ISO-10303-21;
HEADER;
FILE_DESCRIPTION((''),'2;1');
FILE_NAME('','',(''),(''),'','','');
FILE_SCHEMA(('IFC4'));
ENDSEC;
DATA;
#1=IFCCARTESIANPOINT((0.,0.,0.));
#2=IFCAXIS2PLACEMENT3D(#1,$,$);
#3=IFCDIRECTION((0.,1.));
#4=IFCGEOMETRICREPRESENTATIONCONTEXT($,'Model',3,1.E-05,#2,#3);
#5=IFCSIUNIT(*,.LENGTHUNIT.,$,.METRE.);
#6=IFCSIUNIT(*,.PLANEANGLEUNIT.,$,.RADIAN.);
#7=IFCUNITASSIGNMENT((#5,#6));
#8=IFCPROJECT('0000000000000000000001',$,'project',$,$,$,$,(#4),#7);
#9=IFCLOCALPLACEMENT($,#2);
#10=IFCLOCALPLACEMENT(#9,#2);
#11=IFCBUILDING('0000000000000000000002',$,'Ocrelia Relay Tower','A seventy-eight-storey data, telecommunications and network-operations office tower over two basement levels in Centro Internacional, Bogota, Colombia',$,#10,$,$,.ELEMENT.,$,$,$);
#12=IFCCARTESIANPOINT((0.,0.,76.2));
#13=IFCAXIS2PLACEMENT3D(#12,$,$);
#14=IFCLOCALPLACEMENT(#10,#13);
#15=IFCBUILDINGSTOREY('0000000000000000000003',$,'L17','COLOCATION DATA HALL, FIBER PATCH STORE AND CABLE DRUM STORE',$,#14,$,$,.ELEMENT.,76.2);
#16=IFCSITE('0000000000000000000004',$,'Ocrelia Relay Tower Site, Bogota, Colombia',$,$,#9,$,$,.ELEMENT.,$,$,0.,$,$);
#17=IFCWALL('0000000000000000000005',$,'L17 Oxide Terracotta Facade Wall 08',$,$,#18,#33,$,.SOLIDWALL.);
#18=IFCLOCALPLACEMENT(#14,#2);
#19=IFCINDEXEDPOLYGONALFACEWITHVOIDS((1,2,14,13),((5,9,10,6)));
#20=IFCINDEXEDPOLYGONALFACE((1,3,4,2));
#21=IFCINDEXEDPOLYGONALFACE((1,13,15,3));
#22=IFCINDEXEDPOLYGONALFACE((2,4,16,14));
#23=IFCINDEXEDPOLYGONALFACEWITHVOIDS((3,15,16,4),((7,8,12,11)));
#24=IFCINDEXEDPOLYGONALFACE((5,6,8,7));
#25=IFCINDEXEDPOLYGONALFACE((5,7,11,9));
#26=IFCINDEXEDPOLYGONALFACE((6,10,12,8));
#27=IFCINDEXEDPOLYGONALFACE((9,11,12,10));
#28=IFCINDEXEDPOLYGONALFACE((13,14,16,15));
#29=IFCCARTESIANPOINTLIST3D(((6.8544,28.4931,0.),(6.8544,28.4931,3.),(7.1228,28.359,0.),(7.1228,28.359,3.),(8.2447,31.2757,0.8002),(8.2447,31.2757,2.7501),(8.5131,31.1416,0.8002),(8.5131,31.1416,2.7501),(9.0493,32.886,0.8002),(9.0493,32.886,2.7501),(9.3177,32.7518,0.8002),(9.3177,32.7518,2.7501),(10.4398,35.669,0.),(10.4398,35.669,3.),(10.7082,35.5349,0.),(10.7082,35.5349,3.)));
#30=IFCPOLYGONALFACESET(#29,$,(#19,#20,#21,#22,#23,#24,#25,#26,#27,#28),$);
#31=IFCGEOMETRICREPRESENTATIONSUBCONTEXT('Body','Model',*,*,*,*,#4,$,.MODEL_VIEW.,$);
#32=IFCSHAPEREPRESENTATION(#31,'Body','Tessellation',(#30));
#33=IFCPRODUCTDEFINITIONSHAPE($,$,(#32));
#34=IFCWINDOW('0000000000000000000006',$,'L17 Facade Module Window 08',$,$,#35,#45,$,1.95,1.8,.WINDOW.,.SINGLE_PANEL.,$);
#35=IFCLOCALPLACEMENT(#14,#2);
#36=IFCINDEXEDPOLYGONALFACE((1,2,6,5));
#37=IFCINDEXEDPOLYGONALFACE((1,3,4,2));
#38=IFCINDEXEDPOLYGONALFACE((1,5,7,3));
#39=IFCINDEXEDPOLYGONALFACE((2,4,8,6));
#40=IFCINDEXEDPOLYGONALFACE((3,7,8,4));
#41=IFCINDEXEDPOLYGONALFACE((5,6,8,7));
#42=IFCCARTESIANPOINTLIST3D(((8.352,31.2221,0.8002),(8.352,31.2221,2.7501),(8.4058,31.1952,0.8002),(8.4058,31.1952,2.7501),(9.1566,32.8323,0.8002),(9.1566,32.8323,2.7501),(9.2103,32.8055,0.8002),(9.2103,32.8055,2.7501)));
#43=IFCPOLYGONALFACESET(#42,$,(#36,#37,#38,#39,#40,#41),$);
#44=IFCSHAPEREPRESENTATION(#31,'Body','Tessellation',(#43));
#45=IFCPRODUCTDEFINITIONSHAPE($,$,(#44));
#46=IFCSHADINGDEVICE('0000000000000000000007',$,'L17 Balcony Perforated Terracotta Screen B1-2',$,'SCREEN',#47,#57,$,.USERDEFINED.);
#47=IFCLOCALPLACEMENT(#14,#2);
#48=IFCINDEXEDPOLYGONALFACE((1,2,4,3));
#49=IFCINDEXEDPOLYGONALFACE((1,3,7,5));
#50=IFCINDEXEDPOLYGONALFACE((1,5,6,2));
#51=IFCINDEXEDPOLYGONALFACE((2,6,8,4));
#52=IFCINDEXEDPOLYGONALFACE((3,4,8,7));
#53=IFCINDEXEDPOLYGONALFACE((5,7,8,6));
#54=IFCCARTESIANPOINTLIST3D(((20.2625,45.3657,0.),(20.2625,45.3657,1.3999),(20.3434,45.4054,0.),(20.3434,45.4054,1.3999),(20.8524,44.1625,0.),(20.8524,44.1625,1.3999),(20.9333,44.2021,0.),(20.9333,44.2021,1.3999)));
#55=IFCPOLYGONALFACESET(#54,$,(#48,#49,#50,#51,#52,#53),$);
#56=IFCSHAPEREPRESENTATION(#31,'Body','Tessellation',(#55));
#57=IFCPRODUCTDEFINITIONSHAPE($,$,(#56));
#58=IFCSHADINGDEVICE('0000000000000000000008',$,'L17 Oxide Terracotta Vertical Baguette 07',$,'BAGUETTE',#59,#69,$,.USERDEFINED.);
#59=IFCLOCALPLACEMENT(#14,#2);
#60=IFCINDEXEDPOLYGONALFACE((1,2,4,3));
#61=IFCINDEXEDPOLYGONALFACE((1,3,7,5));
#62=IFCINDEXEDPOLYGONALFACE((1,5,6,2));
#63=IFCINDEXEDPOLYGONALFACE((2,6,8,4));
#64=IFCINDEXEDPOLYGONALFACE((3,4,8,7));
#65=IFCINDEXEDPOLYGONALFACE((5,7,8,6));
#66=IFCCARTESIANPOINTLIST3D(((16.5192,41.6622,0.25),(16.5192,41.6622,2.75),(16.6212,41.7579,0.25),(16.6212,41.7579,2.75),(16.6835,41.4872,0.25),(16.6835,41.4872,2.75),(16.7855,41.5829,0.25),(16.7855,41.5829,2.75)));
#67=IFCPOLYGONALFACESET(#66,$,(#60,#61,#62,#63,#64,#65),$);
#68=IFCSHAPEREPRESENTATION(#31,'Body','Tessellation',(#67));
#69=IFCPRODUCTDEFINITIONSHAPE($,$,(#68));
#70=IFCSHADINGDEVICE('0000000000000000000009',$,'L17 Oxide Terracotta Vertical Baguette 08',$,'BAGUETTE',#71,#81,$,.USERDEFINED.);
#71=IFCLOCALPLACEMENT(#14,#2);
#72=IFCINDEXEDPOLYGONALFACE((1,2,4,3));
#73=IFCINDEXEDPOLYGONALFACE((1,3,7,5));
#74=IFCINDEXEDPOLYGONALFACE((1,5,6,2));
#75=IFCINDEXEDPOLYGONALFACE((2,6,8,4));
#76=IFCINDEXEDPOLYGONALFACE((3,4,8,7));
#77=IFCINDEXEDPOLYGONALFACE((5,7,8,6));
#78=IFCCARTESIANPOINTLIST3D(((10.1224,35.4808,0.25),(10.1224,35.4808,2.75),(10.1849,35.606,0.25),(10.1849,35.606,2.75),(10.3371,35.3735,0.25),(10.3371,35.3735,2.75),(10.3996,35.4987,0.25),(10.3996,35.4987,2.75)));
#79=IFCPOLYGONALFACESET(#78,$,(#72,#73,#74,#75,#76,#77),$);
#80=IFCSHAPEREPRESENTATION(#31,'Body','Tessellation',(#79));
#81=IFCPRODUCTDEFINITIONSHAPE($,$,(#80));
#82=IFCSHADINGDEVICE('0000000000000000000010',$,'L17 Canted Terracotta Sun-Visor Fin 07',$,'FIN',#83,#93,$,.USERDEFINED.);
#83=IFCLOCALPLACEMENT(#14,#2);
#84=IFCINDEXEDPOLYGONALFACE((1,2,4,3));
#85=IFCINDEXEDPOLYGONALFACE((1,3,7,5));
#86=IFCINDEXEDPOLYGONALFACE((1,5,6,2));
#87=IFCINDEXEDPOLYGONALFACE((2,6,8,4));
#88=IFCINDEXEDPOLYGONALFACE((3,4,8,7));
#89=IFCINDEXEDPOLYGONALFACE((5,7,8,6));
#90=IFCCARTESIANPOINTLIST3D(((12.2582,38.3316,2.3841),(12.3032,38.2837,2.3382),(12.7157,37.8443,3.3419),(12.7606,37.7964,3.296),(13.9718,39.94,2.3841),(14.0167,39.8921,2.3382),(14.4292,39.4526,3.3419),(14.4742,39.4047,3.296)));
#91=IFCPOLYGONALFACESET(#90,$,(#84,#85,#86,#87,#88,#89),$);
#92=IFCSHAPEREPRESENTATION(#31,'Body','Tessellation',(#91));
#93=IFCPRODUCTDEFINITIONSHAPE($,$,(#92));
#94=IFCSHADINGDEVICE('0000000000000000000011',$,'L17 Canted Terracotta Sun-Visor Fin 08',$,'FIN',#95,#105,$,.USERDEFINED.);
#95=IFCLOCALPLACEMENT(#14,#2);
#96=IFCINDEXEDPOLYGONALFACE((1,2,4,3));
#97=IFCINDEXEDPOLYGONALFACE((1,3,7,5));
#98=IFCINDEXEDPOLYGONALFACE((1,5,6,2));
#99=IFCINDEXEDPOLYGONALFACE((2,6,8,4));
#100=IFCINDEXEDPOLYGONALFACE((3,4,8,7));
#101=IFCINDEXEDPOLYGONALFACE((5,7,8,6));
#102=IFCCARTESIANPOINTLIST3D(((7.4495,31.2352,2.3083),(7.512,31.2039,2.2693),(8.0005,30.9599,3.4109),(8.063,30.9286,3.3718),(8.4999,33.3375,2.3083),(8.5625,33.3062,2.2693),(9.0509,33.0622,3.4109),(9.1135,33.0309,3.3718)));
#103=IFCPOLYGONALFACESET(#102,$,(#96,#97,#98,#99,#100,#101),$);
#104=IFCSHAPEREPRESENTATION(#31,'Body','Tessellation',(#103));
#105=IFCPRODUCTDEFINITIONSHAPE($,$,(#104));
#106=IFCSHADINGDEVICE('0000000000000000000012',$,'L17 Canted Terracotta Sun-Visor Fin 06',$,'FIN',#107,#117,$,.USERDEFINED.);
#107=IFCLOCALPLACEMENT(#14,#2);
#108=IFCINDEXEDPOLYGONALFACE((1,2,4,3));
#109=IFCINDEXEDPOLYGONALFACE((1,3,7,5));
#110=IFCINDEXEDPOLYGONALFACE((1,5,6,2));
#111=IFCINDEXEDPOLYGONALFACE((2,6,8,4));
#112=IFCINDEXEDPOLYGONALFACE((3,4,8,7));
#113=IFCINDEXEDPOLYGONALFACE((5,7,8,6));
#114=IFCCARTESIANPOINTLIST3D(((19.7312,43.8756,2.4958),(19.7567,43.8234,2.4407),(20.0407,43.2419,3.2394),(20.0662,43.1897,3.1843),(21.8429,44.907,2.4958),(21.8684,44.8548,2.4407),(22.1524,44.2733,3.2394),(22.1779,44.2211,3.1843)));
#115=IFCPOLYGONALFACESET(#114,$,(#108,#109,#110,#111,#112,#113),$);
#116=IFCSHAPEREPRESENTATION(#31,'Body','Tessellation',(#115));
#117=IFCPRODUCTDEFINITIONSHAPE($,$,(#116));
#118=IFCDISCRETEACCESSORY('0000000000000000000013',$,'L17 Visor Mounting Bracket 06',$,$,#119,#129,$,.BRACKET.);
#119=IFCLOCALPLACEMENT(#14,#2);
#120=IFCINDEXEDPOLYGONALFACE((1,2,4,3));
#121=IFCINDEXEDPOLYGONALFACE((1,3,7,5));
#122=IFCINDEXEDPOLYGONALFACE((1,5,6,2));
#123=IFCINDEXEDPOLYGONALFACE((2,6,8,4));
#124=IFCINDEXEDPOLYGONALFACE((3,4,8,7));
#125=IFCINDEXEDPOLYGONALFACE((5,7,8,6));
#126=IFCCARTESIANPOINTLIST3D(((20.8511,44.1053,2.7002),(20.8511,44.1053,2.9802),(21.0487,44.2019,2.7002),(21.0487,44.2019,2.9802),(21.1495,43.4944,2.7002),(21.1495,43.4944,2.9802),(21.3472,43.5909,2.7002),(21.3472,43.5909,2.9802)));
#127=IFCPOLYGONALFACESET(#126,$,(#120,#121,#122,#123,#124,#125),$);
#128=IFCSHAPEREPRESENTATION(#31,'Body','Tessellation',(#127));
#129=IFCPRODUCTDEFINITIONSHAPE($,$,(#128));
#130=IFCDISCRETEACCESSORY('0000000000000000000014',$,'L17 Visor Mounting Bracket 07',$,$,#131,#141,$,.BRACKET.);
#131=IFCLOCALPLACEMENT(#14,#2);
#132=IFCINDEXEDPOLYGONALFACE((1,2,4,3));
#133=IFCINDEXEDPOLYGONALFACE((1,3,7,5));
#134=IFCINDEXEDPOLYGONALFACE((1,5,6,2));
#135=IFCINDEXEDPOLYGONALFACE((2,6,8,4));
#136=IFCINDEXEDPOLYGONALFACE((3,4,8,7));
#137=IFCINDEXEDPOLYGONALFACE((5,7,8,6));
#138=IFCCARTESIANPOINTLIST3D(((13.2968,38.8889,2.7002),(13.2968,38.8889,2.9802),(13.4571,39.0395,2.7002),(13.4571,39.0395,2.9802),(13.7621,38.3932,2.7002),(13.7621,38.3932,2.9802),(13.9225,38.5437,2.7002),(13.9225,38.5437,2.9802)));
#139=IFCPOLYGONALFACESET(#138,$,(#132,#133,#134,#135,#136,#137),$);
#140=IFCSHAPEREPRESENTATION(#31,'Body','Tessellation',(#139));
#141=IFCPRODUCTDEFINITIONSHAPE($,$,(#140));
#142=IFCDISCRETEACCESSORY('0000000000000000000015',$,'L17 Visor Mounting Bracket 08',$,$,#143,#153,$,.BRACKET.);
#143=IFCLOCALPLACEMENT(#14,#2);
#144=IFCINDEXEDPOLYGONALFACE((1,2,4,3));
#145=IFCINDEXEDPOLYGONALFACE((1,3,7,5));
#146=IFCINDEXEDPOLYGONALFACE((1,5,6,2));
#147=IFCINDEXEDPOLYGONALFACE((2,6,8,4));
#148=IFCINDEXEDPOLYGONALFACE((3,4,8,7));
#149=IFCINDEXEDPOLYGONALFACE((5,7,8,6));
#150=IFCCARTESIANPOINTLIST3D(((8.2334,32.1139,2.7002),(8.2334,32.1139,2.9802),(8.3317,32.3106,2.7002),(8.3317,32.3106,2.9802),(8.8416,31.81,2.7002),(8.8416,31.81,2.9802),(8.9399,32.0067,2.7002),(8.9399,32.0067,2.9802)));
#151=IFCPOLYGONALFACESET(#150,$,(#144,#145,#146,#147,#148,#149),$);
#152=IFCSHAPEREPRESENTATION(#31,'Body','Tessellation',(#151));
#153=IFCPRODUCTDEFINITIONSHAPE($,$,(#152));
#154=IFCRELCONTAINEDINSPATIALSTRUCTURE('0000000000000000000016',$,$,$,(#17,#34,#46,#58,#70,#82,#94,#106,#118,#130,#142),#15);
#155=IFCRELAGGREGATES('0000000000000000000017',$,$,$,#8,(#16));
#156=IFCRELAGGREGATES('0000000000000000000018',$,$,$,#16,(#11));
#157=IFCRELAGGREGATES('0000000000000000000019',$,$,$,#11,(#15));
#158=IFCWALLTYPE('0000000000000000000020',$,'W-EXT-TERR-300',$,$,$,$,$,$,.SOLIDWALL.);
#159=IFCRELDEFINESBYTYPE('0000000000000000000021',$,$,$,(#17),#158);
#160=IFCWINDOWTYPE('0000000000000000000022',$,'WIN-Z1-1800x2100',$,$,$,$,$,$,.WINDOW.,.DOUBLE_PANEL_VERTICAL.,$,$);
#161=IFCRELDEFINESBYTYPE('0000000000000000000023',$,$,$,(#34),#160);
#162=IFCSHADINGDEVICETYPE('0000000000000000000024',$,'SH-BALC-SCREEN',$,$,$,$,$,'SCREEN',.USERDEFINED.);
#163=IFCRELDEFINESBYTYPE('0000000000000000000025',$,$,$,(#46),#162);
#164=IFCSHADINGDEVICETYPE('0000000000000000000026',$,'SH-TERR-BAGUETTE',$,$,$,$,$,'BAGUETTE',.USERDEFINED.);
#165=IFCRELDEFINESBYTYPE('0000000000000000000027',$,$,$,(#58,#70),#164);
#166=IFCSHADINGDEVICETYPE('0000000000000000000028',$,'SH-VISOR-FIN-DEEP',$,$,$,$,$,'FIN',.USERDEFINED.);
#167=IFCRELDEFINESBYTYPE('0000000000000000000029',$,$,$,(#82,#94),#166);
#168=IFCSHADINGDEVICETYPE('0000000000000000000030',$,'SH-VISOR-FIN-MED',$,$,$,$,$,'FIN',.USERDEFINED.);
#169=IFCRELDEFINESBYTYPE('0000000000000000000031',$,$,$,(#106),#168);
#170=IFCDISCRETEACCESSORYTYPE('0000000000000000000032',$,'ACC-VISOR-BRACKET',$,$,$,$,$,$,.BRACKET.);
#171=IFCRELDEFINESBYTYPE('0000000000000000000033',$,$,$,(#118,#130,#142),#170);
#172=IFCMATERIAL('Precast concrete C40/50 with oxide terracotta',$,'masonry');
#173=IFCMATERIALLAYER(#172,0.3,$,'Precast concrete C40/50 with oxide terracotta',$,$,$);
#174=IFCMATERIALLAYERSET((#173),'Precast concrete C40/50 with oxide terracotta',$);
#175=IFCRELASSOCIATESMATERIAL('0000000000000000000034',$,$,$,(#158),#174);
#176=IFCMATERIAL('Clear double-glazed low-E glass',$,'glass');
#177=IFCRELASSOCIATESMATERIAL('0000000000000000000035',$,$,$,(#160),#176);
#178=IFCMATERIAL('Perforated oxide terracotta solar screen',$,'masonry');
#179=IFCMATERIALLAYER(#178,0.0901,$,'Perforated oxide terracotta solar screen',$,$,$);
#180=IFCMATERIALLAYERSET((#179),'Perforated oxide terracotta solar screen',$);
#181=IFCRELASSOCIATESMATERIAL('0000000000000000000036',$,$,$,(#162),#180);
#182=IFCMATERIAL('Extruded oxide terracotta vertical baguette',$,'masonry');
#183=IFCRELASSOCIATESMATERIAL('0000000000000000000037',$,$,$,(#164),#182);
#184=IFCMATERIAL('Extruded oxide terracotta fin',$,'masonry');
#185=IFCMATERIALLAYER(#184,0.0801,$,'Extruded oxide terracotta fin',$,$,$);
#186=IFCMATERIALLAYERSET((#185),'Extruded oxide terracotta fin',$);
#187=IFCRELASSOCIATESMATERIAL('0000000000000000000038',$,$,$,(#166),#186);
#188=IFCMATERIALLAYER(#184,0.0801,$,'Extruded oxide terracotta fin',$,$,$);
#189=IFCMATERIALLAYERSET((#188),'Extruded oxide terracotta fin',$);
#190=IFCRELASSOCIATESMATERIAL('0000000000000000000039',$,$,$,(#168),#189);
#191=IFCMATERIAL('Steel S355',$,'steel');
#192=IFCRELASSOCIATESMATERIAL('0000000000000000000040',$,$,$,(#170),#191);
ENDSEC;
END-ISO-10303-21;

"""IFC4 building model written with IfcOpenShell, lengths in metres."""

from ifc_helpers import new_model, si_unit, direction, frame, frame_2d, origin, origin_2d, place, context, subcontext, project, spatial, rectangle, extrude, material, layer, layer_set, type_object, element, fill, save


model = new_model("IFC4")

# Units and contexts
model_context = context("Model", 3, precision=1e-05, world=origin(), true_north=direction((0.0, 1.0)))
body_context = subcontext(model_context, "Body", "Model", "MODEL_VIEW")
ifc_project = project(units=[si_unit("LENGTHUNIT", "METRE"), si_unit("PLANEANGLEUNIT", "RADIAN")], contexts=[model_context])

# Site, building, storey
site_placement = place(None, origin())
site = spatial("IfcSite", under=ifc_project, at=site_placement, Name="Ocrelia Relay Tower Site, Bogota, Colombia", CompositionType="ELEMENT", RefElevation=0.0)
building_placement = place(site_placement, origin())
building = spatial("IfcBuilding", under=site, at=building_placement, Name="Ocrelia Relay Tower", Description="A seventy-eight-storey data, telecommunications and network-operations office tower over two basement levels in Centro Internacional, Bogota, Colombia", CompositionType="ELEMENT")
storey_placement = place(building_placement, frame((0.0, 0.0, 76.2)))
storey = spatial("IfcBuildingStorey", under=building, at=storey_placement, Name="L17", Description="COLOCATION DATA HALL, FIBER PATCH STORE AND CABLE DRUM STORE", CompositionType="ELEMENT", Elevation=76.2)

# Shared definitions
ifc_material_1 = material(Name="Steel S355", Category="steel")

# Wall, opening, window
ifc_material_2 = material(Name="Precast concrete C40/50 with oxide terracotta", Category="masonry")
ifc_layer_1 = layer(ifc_material_2, 0.3, Name="Precast concrete C40/50 with oxide terracotta")
ifc_layer_set_1 = layer_set([ifc_layer_1], Name="Precast concrete C40/50 with oxide terracotta")
wall_type_1 = type_object("IfcWallType", Name="W-EXT-TERR-300", PredefinedType="SOLIDWALL", material=ifc_layer_set_1)
ifc_material_3 = material(Name="Clear double-glazed low-E glass", Category="glass")
window_type = type_object("IfcWindowType", Name="WIN-Z1-1800x2100", PartitioningType="DOUBLE_PANEL_VERTICAL", PredefinedType="WINDOW", material=ifc_material_3)
wall_1_placement = place(storey_placement, frame((10.574, 35.6018, 0.0), z_axis=(0.0, 0.0, 1.0), x_axis=(-0.44697, -0.894549, 0.0)))
wall_1 = element("IfcWall", 1, at=wall_1_placement, inside=storey, type_object=wall_type_1, Name="L17 Oxide Terracotta Facade Wall 08", PredefinedType="SOLIDWALL", context=body_context, shape_type="SweptSolid", body=[
    extrude(rectangle(XDim=8.0217, YDim=0.3, at=frame_2d((4.0107, 0.0))), origin(), (0.0, 0.0, 1.0), 3.0),
])
opening_1_placement = place(wall_1_placement, frame((3.1111, 0.0, 0.8)))
opening_1 = element("IfcOpeningElement", 2, at=opening_1_placement, cuts=wall_1, PredefinedType="OPENING", context=body_context, shape_type="SweptSolid", body=[
    extrude(rectangle(XDim=1.8, YDim=1.95, at=frame_2d((0.8999, 0.9751))), frame((0.0, 0.1602, 0.0), z_axis=(0.0, -1.0, 0.0), x_axis=(1.0, 0.0, 0.0)), (0.0, 0.0, 1.0), 0.3201),
])
window_1_placement = place(opening_1_placement, origin())
window_1 = element("IfcWindow", 3, at=window_1_placement, inside=storey, type_object=window_type, Name="L17 Facade Module Window 08", OverallHeight=1.95, OverallWidth=1.8, PartitioningType="SINGLE_PANEL", PredefinedType="WINDOW", context=body_context, shape_type="SweptSolid", body=[
    extrude(rectangle(XDim=1.8, YDim=1.95, at=frame_2d((0.8999, 0.9751))), frame((0.0, 0.03, 0.0), z_axis=(0.0, -1.0, 0.0), x_axis=(1.0, 0.0, 0.0)), (0.0, 0.0, 1.0), 0.0601),
])
fill(opening_1, window_1)

# Shading devices
ifc_material_4 = material(Name="Perforated oxide terracotta solar screen", Category="masonry")
ifc_layer_2 = layer(ifc_material_4, 0.0901, Name="Perforated oxide terracotta solar screen")
ifc_layer_set_2 = layer_set([ifc_layer_2], Name="Perforated oxide terracotta solar screen")
shading_device_type_1 = type_object("IfcShadingDeviceType", Name="SH-BALC-SCREEN", ElementType="SCREEN", PredefinedType="USERDEFINED", material=ifc_layer_set_2)
shading_device_1_placement = place(storey_placement, frame((20.5979, 44.7839, 0.0), z_axis=(0.0, 0.0, 1.0), x_axis=(-0.440196, 0.897902, 0.0)))
element("IfcShadingDevice", 4, at=shading_device_1_placement, inside=storey, type_object=shading_device_type_1, Name="L17 Balcony Perforated Terracotta Screen B1-2", ObjectType="SCREEN", PredefinedType="USERDEFINED", context=body_context, shape_type="SweptSolid", body=[
    extrude(rectangle(XDim=1.3401, YDim=0.0901, at=origin_2d()), origin(), (0.0, 0.0, 1.0), 1.3999),
])
ifc_material_5 = material(Name="Extruded oxide terracotta vertical baguette", Category="masonry")
shading_device_type_2 = type_object("IfcShadingDeviceType", Name="SH-TERR-BAGUETTE", ElementType="BAGUETTE", PredefinedType="USERDEFINED", material=ifc_material_5)
for number, where, z_axis, x_axis, name in (
    (5, (16.6523, 41.6226, 0.25), (0.0, 0.0, 1.0), (-0.729124, -0.684382, 0.0), "L17 Oxide Terracotta Vertical Baguette 07"),
    (6, (10.261, 35.4897, 0.25), (0.0, 0.0, 1.0), (-0.446969, -0.894549, 0.0), "L17 Oxide Terracotta Vertical Baguette 08"),
):
    element("IfcShadingDevice", number, at=place(storey_placement, frame(where, z_axis=z_axis, x_axis=x_axis)), inside=storey, type_object=shading_device_type_2, Name=name, ObjectType="BAGUETTE", PredefinedType="USERDEFINED", context=body_context, shape_type="SweptSolid", body=[
        extrude(rectangle(XDim=0.1399, YDim=0.24, at=origin_2d()), origin(), (0.0, 0.0, 1.0), 2.5),
    ])
ifc_material_6 = material(Name="Extruded oxide terracotta fin", Category="masonry")
ifc_layer_3 = layer(ifc_material_6, 0.0801, Name="Extruded oxide terracotta fin")
ifc_layer_set_3 = layer_set([ifc_layer_3], Name="Extruded oxide terracotta fin")
shading_device_type_3 = type_object("IfcShadingDeviceType", Name="SH-VISOR-FIN-DEEP", ElementType="FIN", PredefinedType="USERDEFINED", material=ifc_layer_set_3)
shading_device_2_placement = place(storey_placement, frame((13.3887, 38.8442, 2.8171), z_axis=(-0.561229, 0.597919, 0.572289), x_axis=(-0.729124, -0.684382, 0.0)))
element("IfcShadingDevice", 7, at=shading_device_2_placement, inside=storey, type_object=shading_device_type_3, Name="L17 Canted Terracotta Sun-Visor Fin 07", ObjectType="FIN", PredefinedType="USERDEFINED", context=body_context, shape_type="SweptSolid", body=[
    extrude(rectangle(XDim=2.3501, YDim=1.168, at=origin_2d()), origin(), (0.0, 0.0, 1.0), 0.0801),
])
shading_device_3_placement = place(storey_placement, frame((8.3127, 32.1174, 2.8206), z_axis=(-0.780948, 0.390207, 0.487707), x_axis=(-0.446969, -0.894549, 0.0)))
element("IfcShadingDevice", 8, at=shading_device_3_placement, inside=storey, type_object=shading_device_type_3, Name="L17 Canted Terracotta Sun-Visor Fin 08", ObjectType="FIN", PredefinedType="USERDEFINED", context=body_context, shape_type="SweptSolid", body=[
    extrude(rectangle(XDim=2.3501, YDim=1.2629, at=origin_2d()), origin(), (0.0, 0.0, 1.0), 0.0801),
])
ifc_layer_4 = layer(ifc_material_6, 0.0801, Name="Extruded oxide terracotta fin")
ifc_layer_set_4 = layer_set([ifc_layer_4], Name="Extruded oxide terracotta fin")
shading_device_type_4 = type_object("IfcShadingDeviceType", Name="SH-VISOR-FIN-MED", ElementType="FIN", PredefinedType="USERDEFINED", material=ifc_layer_set_4)
shading_device_4_placement = place(storey_placement, frame((20.9673, 44.0222, 2.8125), z_axis=(-0.318457, 0.651998, 0.688101), x_axis=(-0.898546, -0.438879, 0.0)))
element("IfcShadingDevice", 9, at=shading_device_4_placement, inside=storey, type_object=shading_device_type_4, Name="L17 Canted Terracotta Sun-Visor Fin 06", ObjectType="FIN", PredefinedType="USERDEFINED", context=body_context, shape_type="SweptSolid", body=[
    extrude(rectangle(XDim=2.3501, YDim=1.0249, at=origin_2d()), origin(), (0.0, 0.0, 1.0), 0.0801),
])

# Discrete accessories
discrete_accessory_type = type_object("IfcDiscreteAccessoryType", Name="ACC-VISOR-BRACKET", PredefinedType="BRACKET", material=ifc_material_1)
for number, where, z_axis, x_axis, name in (
    (10, (21.0991, 43.8481, 2.7002), (0.0, 0.0, 1.0), (-0.898546, -0.438879, 0.0), "L17 Visor Mounting Bracket 06"),
    (11, (13.6096, 38.7163, 2.7002), (0.0, 0.0, 1.0), (-0.729124, -0.684382, 0.0), "L17 Visor Mounting Bracket 07"),
    (12, (8.5867, 32.0603, 2.7002), (0.0, 0.0, 1.0), (-0.446969, -0.894549, 0.0), "L17 Visor Mounting Bracket 08"),
):
    element("IfcDiscreteAccessory", number, at=place(storey_placement, frame(where, z_axis=z_axis, x_axis=x_axis)), inside=storey, type_object=discrete_accessory_type, Name=name, PredefinedType="BRACKET", context=body_context, shape_type="SweptSolid", body=[
        extrude(rectangle(XDim=0.22, YDim=0.6799, at=origin_2d()), origin(), (0.0, 0.0, 1.0), 0.28),
    ])

save(model, "model.ifc")
